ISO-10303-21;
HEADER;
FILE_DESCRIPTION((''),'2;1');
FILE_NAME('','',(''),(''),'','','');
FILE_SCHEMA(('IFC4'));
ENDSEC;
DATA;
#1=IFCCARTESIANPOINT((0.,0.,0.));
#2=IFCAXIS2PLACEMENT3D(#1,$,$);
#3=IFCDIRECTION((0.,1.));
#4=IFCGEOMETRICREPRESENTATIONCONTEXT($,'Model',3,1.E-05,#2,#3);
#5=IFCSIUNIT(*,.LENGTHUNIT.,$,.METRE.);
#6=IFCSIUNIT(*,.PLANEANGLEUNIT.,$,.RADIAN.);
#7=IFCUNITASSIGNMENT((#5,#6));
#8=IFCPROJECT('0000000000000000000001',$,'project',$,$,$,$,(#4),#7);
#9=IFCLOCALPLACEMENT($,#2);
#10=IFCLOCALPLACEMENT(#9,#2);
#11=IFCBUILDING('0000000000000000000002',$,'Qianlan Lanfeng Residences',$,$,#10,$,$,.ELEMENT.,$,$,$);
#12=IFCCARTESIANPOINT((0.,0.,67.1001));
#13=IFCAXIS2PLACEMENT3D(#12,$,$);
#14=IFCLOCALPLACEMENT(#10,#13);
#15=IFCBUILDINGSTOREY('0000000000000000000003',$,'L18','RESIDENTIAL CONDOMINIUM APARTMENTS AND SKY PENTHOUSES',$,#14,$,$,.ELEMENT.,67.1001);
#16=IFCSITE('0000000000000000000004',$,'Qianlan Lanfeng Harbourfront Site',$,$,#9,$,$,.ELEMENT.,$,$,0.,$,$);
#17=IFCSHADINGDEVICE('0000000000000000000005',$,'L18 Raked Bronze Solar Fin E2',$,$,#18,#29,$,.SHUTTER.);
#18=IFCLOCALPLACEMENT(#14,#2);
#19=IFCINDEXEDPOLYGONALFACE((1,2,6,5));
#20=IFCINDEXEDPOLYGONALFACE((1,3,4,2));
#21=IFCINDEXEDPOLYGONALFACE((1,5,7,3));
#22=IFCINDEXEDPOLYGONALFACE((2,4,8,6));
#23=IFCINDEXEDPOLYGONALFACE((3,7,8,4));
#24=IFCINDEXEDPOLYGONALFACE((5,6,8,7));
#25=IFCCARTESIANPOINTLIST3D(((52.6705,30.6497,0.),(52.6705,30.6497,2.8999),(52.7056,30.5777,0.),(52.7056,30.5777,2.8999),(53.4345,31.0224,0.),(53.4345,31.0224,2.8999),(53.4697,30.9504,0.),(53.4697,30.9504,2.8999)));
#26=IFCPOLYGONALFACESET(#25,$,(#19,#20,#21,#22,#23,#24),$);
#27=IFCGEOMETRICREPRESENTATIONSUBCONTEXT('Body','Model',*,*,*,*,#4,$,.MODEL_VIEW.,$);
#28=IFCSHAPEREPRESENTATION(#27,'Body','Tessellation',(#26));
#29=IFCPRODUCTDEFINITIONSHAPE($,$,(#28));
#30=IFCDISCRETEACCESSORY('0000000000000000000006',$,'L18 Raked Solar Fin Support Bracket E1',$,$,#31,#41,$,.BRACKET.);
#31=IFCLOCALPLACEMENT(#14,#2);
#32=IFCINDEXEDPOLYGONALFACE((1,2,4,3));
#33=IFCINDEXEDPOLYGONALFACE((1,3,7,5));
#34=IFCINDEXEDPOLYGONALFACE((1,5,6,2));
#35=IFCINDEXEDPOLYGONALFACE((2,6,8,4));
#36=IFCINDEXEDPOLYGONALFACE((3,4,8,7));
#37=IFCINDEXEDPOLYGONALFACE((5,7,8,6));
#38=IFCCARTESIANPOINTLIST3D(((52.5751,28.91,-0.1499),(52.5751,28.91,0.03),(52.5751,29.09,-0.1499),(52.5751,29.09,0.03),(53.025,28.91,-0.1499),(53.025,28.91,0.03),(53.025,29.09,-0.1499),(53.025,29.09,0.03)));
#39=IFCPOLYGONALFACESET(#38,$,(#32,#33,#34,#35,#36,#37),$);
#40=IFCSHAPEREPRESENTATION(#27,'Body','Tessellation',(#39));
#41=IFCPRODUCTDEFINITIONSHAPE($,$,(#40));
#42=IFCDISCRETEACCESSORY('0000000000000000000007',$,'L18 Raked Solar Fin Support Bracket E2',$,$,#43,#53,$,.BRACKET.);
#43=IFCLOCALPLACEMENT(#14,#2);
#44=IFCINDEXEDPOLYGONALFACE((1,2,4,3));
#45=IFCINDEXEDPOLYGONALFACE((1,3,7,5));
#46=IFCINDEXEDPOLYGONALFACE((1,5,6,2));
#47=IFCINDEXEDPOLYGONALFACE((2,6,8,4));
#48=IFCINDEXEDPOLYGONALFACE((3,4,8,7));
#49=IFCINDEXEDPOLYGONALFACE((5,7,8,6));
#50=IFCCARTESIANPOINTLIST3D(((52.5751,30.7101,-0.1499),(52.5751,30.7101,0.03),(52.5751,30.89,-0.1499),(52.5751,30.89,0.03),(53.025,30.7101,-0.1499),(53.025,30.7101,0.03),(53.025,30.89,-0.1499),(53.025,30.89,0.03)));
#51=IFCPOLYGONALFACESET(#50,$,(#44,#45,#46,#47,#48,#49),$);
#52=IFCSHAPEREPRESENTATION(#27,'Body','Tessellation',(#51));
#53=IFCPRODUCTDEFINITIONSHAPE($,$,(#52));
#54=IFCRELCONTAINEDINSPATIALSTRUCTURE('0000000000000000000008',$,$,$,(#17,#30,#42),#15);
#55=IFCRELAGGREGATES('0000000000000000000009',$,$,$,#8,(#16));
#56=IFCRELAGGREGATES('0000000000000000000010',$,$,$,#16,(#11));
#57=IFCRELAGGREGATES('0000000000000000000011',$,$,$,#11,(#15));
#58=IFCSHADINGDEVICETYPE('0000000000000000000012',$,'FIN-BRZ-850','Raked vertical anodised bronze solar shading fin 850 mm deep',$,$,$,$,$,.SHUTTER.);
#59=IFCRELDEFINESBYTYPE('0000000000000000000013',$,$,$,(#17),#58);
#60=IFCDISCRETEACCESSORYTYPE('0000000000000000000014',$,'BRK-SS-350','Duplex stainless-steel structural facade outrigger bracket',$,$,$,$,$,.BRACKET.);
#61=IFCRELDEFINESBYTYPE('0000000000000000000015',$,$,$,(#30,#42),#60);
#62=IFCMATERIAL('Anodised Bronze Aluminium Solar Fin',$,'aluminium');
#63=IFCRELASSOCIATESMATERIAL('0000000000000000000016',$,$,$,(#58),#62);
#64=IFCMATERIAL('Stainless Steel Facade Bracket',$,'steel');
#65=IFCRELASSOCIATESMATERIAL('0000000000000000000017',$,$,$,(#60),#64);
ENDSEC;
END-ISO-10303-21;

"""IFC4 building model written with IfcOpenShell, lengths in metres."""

from ifc_helpers import new_model, si_unit, direction, frame, origin, origin_2d, place, context, subcontext, project, spatial, rectangle, extrude, source, transform, mapped, material, type_object, element, save


model = new_model("IFC4")

# Units and contexts
model_context = context("Model", 3, precision=1e-05, world=origin(), true_north=direction((0.0, 1.0)))
body_context = subcontext(model_context, "Body", "Model", "MODEL_VIEW")
ifc_project = project(units=[si_unit("LENGTHUNIT", "METRE"), si_unit("PLANEANGLEUNIT", "RADIAN")], contexts=[model_context])

# Site, building, storey
site_placement = place(None, origin())
site = spatial("IfcSite", under=ifc_project, at=site_placement, Name="Qianlan Lanfeng Harbourfront Site", CompositionType="ELEMENT", RefElevation=0.0)
building_placement = place(site_placement, origin())
building = spatial("IfcBuilding", under=site, at=building_placement, Name="Qianlan Lanfeng Residences", CompositionType="ELEMENT")
storey_placement = place(building_placement, frame((0.0, 0.0, 67.1001)))
storey = spatial("IfcBuildingStorey", under=building, at=storey_placement, Name="L18", Description="RESIDENTIAL CONDOMINIUM APARTMENTS AND SKY PENTHOUSES", CompositionType="ELEMENT", Elevation=67.1001)

# Shading device
ifc_material_1 = material(Name="Anodised Bronze Aluminium Solar Fin", Category="aluminium")
shading_device_type = type_object("IfcShadingDeviceType", Name="FIN-BRZ-850", Description="Raked vertical anodised bronze solar shading fin 850 mm deep", PredefinedType="SHUTTER", material=ifc_material_1)
shared_shape_1 = source(origin(), body_context, "Body", "SweptSolid", [
    extrude(rectangle(XDim=0.8501, YDim=0.0801, at=origin_2d()), origin(), (0.0, 0.0, 1.0), 2.8999),
])
for number, where, z_axis, x_axis, name in (
    (1, (53.0701, 30.8, 0.0), (0.0, 0.0, 1.0), (0.898794, 0.438371, 0.0), "L18 Raked Bronze Solar Fin E2"),
):
    element("IfcShadingDevice", number, at=place(storey_placement, frame(where, z_axis=z_axis, x_axis=x_axis)), inside=storey, type_object=shading_device_type, Name=name, PredefinedType="SHUTTER", context=body_context, shape_type="MappedRepresentation", body=[
        mapped(shared_shape_1, transform((0.0, 0.0, 0.0), scale=1.0)),
    ])

# Discrete accessories
ifc_material_2 = material(Name="Stainless Steel Facade Bracket", Category="steel")
discrete_accessory_type = type_object("IfcDiscreteAccessoryType", Name="BRK-SS-350", Description="Duplex stainless-steel structural facade outrigger bracket", PredefinedType="BRACKET", material=ifc_material_2)
shared_shape_2 = source(origin(), body_context, "Body", "SweptSolid", [
    extrude(rectangle(XDim=0.45, YDim=0.1799, at=origin_2d()), origin(), (0.0, 0.0, 1.0), 0.1799),
])
for number, where, z_axis, x_axis, name in (
    (2, (52.8, 29.0, -0.1499), (0.0, 0.0, 1.0), (1.0, 0.0, 0.0), "L18 Raked Solar Fin Support Bracket E1"),
    (3, (52.8, 30.8, -0.1499), (0.0, 0.0, 1.0), (1.0, 0.0, 0.0), "L18 Raked Solar Fin Support Bracket E2"),
):
    element("IfcDiscreteAccessory", number, at=place(storey_placement, frame(where, z_axis=z_axis, x_axis=x_axis)), inside=storey, type_object=discrete_accessory_type, Name=name, PredefinedType="BRACKET", context=body_context, shape_type="MappedRepresentation", body=[
        mapped(shared_shape_2, transform((0.0, 0.0, 0.0), scale=1.0)),
    ])

save(model, "model.ifc")
